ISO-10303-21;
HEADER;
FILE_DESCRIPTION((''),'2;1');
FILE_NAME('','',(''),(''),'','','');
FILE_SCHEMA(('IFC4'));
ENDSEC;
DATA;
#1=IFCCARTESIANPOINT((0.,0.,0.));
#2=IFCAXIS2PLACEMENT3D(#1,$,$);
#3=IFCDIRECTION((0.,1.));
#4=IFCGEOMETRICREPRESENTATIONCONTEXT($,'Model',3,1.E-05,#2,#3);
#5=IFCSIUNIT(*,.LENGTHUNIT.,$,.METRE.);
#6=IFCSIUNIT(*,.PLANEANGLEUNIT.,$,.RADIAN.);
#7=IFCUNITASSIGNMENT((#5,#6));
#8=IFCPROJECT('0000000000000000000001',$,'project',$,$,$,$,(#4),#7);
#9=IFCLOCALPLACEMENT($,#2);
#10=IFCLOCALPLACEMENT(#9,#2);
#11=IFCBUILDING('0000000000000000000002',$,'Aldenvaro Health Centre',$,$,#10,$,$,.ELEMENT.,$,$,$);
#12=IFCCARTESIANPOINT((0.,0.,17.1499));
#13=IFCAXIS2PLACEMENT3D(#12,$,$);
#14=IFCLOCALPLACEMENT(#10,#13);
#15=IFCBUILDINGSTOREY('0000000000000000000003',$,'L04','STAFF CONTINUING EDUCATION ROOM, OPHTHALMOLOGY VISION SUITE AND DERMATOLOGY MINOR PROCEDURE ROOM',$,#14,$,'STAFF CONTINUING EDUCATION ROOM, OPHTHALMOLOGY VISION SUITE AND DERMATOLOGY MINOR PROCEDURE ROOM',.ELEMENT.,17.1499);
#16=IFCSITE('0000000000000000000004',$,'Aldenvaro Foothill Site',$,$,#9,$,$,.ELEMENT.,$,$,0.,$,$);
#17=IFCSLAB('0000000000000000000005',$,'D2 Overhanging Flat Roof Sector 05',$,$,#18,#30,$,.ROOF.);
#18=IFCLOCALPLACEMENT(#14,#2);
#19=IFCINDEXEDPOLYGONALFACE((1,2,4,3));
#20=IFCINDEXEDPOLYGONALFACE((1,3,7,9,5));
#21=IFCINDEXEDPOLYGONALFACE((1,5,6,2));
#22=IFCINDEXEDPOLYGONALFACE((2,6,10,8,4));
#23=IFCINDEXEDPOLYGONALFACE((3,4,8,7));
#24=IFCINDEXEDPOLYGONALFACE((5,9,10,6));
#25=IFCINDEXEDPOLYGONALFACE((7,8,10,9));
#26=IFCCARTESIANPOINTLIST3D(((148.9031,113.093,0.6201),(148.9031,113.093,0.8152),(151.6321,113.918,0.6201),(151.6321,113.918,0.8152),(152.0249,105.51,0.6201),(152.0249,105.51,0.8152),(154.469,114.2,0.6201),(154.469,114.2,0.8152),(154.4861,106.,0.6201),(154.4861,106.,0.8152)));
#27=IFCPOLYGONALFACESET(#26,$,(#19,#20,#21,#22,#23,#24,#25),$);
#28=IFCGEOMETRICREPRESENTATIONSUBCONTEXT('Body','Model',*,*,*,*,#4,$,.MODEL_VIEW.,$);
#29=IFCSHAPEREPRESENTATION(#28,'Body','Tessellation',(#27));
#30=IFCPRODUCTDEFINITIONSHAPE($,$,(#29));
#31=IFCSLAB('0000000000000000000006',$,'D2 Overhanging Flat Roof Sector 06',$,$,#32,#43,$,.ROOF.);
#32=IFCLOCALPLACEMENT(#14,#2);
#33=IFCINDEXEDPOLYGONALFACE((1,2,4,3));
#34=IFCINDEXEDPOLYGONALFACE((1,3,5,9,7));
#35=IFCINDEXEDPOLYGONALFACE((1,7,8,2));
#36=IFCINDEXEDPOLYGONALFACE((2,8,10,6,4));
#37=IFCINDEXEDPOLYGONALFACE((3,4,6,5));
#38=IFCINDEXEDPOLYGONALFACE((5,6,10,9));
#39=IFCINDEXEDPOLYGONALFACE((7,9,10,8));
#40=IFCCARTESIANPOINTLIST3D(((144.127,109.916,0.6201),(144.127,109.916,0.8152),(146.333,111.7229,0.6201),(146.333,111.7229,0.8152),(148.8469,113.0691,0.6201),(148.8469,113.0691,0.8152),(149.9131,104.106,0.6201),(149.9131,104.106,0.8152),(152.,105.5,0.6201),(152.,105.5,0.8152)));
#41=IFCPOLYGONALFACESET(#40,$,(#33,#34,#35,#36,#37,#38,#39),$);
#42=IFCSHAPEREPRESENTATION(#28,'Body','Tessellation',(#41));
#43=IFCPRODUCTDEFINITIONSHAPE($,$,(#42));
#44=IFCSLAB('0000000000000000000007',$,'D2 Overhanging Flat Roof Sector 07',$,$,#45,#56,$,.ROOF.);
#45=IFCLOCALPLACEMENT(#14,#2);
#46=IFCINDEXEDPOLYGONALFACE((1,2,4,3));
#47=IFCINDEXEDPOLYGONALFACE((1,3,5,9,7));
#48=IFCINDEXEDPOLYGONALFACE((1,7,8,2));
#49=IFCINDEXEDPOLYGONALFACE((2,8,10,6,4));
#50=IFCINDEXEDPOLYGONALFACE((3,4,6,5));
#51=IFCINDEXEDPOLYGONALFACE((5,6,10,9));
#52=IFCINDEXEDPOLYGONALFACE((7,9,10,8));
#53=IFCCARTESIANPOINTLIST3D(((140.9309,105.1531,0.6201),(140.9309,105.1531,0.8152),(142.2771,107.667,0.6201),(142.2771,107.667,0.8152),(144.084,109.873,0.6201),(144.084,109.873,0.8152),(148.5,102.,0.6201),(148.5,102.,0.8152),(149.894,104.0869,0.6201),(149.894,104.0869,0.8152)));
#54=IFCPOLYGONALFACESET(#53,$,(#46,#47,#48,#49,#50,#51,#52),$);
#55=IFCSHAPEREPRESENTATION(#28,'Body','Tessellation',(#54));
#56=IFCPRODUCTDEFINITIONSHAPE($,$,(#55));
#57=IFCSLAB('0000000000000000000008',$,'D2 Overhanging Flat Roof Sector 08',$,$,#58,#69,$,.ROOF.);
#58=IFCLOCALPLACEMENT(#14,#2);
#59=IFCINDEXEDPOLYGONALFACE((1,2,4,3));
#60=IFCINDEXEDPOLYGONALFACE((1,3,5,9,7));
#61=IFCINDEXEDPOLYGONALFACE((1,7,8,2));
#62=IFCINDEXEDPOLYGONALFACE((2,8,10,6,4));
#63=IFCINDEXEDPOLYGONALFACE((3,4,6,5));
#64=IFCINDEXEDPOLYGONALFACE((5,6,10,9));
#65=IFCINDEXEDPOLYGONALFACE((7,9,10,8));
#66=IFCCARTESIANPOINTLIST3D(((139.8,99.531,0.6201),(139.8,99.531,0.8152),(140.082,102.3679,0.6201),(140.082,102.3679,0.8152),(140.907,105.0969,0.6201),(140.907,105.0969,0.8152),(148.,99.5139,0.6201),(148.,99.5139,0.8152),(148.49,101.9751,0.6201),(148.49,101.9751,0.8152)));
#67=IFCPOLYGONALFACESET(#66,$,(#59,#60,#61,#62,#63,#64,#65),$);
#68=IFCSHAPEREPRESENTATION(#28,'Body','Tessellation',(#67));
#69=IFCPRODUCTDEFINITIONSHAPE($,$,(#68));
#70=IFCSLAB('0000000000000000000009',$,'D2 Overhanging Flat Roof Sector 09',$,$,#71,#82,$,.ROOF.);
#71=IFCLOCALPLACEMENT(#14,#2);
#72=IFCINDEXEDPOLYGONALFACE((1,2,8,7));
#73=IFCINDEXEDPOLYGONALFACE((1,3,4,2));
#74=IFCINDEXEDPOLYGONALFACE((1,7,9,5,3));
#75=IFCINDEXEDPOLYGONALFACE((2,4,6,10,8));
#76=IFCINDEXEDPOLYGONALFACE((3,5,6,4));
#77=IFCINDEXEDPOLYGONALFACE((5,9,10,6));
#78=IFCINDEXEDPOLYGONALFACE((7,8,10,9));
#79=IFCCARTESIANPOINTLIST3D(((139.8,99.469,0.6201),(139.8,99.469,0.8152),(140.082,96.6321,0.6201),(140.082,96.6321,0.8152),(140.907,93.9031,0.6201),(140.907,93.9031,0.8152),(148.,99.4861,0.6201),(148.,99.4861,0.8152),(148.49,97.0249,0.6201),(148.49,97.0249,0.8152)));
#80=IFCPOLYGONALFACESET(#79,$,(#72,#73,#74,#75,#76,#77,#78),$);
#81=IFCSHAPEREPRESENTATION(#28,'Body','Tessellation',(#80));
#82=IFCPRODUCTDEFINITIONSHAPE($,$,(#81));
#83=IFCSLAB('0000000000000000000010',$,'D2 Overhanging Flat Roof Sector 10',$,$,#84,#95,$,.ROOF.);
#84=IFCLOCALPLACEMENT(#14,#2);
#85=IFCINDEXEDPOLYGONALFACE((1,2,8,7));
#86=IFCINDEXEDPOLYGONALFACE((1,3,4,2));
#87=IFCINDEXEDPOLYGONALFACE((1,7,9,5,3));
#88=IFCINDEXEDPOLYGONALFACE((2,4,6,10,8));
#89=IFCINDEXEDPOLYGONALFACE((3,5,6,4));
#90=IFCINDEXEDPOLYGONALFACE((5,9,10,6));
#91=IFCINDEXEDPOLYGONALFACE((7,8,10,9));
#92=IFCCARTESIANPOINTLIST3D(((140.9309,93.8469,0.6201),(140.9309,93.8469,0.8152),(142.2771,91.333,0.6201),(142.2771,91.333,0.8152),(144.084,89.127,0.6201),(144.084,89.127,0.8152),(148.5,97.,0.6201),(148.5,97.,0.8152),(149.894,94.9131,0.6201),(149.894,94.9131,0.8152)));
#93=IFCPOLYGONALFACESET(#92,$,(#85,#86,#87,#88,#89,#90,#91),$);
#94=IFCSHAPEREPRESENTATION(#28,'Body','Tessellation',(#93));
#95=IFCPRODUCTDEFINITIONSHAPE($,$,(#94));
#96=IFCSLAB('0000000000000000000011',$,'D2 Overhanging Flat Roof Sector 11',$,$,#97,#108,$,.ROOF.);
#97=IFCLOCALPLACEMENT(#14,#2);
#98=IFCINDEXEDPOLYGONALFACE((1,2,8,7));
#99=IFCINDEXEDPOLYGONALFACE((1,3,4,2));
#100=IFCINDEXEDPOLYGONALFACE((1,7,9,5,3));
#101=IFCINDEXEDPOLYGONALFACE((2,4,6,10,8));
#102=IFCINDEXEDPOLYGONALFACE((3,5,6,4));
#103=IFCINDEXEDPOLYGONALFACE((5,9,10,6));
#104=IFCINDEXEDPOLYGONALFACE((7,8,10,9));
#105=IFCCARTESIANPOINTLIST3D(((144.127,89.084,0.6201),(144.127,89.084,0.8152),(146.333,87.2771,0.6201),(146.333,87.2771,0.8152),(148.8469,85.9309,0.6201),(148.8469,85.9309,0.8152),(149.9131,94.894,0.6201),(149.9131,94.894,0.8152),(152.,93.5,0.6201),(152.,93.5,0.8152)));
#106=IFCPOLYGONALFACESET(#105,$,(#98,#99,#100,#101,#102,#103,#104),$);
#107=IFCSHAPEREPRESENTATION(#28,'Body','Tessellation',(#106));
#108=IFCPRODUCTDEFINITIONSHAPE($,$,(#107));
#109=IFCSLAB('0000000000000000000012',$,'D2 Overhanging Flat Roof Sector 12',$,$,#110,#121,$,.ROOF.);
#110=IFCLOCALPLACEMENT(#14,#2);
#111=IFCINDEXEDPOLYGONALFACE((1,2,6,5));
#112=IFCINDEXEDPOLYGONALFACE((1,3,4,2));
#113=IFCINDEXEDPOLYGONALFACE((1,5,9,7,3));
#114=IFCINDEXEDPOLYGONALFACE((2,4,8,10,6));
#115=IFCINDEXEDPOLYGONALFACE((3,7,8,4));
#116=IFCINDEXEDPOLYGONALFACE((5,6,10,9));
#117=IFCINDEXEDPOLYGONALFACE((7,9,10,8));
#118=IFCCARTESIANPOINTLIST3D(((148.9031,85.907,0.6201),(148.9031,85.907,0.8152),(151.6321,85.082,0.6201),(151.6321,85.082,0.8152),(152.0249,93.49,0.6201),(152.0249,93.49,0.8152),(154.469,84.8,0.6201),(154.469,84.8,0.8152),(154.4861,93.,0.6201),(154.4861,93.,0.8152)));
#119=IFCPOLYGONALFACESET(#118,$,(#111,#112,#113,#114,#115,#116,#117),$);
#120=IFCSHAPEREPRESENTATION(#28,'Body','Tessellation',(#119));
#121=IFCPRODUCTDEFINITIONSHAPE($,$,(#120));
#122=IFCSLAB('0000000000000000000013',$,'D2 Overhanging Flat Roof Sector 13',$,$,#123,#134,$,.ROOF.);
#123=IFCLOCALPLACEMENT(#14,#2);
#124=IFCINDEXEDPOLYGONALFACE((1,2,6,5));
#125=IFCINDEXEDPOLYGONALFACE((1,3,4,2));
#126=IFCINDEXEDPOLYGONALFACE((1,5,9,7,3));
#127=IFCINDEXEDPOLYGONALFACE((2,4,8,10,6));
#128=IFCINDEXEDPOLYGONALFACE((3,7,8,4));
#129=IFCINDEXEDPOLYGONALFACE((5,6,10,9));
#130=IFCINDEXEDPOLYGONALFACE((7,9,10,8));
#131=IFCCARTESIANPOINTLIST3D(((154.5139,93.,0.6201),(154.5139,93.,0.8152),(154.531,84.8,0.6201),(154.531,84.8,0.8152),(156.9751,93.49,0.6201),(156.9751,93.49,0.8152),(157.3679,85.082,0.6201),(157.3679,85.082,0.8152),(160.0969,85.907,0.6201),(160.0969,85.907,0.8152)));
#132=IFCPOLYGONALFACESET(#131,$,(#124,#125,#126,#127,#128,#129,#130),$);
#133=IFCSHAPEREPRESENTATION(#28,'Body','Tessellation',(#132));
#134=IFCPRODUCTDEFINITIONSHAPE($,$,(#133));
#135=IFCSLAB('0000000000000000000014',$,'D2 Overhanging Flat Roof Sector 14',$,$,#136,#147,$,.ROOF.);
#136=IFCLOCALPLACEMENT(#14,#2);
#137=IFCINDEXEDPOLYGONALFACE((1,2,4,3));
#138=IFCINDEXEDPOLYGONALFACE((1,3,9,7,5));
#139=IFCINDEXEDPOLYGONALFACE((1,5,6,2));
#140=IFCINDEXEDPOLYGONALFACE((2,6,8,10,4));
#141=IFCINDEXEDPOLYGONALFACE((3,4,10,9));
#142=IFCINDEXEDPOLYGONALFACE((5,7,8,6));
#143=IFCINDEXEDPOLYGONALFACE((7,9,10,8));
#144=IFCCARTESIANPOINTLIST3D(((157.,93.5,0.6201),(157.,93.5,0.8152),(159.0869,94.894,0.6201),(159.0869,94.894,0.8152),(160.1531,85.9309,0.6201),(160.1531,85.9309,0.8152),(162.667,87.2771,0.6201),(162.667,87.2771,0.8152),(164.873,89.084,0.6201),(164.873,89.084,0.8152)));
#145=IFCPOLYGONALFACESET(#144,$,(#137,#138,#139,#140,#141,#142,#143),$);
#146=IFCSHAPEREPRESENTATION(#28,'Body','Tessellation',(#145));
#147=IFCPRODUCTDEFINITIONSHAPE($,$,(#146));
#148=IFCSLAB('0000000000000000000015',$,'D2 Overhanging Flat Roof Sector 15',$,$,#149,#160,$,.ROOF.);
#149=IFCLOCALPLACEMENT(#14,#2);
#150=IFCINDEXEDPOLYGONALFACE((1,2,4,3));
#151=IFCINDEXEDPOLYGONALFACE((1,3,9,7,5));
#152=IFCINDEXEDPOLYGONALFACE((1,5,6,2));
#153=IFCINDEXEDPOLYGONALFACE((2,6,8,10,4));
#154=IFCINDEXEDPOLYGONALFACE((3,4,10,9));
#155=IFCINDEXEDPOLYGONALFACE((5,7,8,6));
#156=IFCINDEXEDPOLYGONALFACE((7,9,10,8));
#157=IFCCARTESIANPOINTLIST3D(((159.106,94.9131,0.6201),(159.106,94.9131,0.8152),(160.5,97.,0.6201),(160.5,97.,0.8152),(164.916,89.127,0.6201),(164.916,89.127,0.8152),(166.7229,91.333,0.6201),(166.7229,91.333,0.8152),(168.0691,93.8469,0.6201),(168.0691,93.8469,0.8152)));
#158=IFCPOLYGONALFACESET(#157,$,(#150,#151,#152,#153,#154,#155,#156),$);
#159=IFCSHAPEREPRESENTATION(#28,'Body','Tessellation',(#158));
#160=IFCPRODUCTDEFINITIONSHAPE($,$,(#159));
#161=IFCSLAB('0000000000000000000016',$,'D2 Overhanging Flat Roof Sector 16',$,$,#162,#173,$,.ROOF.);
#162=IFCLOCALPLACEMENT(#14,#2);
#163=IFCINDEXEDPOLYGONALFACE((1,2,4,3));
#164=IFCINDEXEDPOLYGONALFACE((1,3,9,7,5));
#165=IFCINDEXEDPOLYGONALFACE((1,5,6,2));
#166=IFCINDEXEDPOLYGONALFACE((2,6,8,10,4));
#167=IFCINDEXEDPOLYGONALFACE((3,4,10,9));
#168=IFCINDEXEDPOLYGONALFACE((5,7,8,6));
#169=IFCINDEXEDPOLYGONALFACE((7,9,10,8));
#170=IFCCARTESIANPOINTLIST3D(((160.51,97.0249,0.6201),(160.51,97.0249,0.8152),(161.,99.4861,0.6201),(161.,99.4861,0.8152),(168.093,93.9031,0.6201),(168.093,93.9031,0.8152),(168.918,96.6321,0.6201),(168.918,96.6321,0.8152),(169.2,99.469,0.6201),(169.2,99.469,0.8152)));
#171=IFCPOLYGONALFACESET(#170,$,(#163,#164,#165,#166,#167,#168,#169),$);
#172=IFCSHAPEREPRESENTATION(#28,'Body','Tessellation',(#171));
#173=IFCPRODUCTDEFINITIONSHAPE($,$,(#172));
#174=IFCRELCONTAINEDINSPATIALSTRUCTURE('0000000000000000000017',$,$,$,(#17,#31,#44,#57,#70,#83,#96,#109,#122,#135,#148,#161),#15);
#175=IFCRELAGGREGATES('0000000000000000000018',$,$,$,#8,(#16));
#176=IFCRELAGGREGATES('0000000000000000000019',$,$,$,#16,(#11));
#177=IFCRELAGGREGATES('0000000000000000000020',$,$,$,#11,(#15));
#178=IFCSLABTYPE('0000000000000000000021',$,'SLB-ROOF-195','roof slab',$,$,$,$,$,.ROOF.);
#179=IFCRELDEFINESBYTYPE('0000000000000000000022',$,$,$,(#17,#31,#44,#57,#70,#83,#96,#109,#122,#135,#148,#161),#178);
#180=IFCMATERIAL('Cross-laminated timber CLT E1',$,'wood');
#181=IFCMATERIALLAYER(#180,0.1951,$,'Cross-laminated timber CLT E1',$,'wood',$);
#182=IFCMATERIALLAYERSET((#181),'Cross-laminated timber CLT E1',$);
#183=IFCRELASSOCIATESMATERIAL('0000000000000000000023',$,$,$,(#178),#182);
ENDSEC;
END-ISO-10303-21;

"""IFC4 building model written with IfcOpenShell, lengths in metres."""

from ifc_helpers import new_model, si_unit, direction, frame, origin, place, context, subcontext, project, spatial, polyline, outline, extrude, material, layer, layer_set, type_object, element, save


model = new_model("IFC4")

# Units and contexts
model_context = context("Model", 3, precision=1e-05, world=origin(), true_north=direction((0.0, 1.0)))
body_context = subcontext(model_context, "Body", "Model", "MODEL_VIEW")
ifc_project = project(units=[si_unit("LENGTHUNIT", "METRE"), si_unit("PLANEANGLEUNIT", "RADIAN")], contexts=[model_context])

# Site, building, storey
site_placement = place(None, origin())
site = spatial("IfcSite", under=ifc_project, at=site_placement, Name="Aldenvaro Foothill Site", CompositionType="ELEMENT", RefElevation=0.0)
building_placement = place(site_placement, origin())
building = spatial("IfcBuilding", under=site, at=building_placement, Name="Aldenvaro Health Centre", CompositionType="ELEMENT")
storey_placement = place(building_placement, frame((0.0, 0.0, 17.1499)))
storey = spatial("IfcBuildingStorey", under=building, at=storey_placement, Name="L04", Description="STAFF CONTINUING EDUCATION ROOM, OPHTHALMOLOGY VISION SUITE AND DERMATOLOGY MINOR PROCEDURE ROOM", LongName="STAFF CONTINUING EDUCATION ROOM, OPHTHALMOLOGY VISION SUITE AND DERMATOLOGY MINOR PROCEDURE ROOM", CompositionType="ELEMENT", Elevation=17.1499)

# Slabs
ifc_material_1 = material(Name="Cross-laminated timber CLT E1", Category="wood")
ifc_layer_1 = layer(ifc_material_1, 0.1951, Name="Cross-laminated timber CLT E1", Category="wood")
ifc_layer_set_1 = layer_set([ifc_layer_1], Name="Cross-laminated timber CLT E1")
slab_type_1 = type_object("IfcSlabType", Name="SLB-ROOF-195", Description="roof slab", PredefinedType="ROOF", material=ifc_layer_set_1)
slab_1_placement = place(storey_placement, frame((0.0, 0.0, 0.6201)))
element("IfcSlab", 1, at=slab_1_placement, inside=storey, type_object=slab_type_1, Name="D2 Overhanging Flat Roof Sector 05", PredefinedType="ROOF", context=body_context, shape_type="SweptSolid", body=[
    extrude(outline(polyline([(154.469, 114.2), (151.6321, 113.918), (148.9031, 113.093), (152.0249, 105.51), (154.4861, 106.0), (154.469, 114.2)])), origin(), (0.0, 0.0, 1.0), 0.1951),
])
slab_2_placement = place(storey_placement, frame((0.0, 0.0, 0.6201)))
element("IfcSlab", 2, at=slab_2_placement, inside=storey, type_object=slab_type_1, Name="D2 Overhanging Flat Roof Sector 06", PredefinedType="ROOF", context=body_context, shape_type="SweptSolid", body=[
    extrude(outline(polyline([(148.8469, 113.0691), (146.333, 111.7229), (144.127, 109.916), (149.9131, 104.106), (152.0, 105.5), (148.8469, 113.0691)])), origin(), (0.0, 0.0, 1.0), 0.1951),
])
slab_3_placement = place(storey_placement, frame((0.0, 0.0, 0.6201)))
element("IfcSlab", 3, at=slab_3_placement, inside=storey, type_object=slab_type_1, Name="D2 Overhanging Flat Roof Sector 07", PredefinedType="ROOF", context=body_context, shape_type="SweptSolid", body=[
    extrude(outline(polyline([(144.084, 109.873), (142.2771, 107.667), (140.9309, 105.1531), (148.5, 102.0), (149.894, 104.0869), (144.084, 109.873)])), origin(), (0.0, 0.0, 1.0), 0.1951),
])
slab_4_placement = place(storey_placement, frame((0.0, 0.0, 0.6201)))
element("IfcSlab", 4, at=slab_4_placement, inside=storey, type_object=slab_type_1, Name="D2 Overhanging Flat Roof Sector 08", PredefinedType="ROOF", context=body_context, shape_type="SweptSolid", body=[
    extrude(outline(polyline([(140.907, 105.0969), (140.082, 102.3679), (139.8, 99.531), (148.0, 99.5139), (148.49, 101.9751), (140.907, 105.0969)])), origin(), (0.0, 0.0, 1.0), 0.1951),
])
slab_5_placement = place(storey_placement, frame((0.0, 0.0, 0.6201)))
element("IfcSlab", 5, at=slab_5_placement, inside=storey, type_object=slab_type_1, Name="D2 Overhanging Flat Roof Sector 09", PredefinedType="ROOF", context=body_context, shape_type="SweptSolid", body=[
    extrude(outline(polyline([(139.8, 99.469), (140.082, 96.6321), (140.907, 93.9031), (148.49, 97.0249), (148.0, 99.4861), (139.8, 99.469)])), origin(), (0.0, 0.0, 1.0), 0.1951),
])
slab_6_placement = place(storey_placement, frame((0.0, 0.0, 0.6201)))
element("IfcSlab", 6, at=slab_6_placement, inside=storey, type_object=slab_type_1, Name="D2 Overhanging Flat Roof Sector 10", PredefinedType="ROOF", context=body_context, shape_type="SweptSolid", body=[
    extrude(outline(polyline([(140.9309, 93.8469), (142.2771, 91.333), (144.084, 89.127), (149.894, 94.9131), (148.5, 97.0), (140.9309, 93.8469)])), origin(), (0.0, 0.0, 1.0), 0.1951),
])
slab_7_placement = place(storey_placement, frame((0.0, 0.0, 0.6201)))
element("IfcSlab", 7, at=slab_7_placement, inside=storey, type_object=slab_type_1, Name="D2 Overhanging Flat Roof Sector 11", PredefinedType="ROOF", context=body_context, shape_type="SweptSolid", body=[
    extrude(outline(polyline([(144.127, 89.084), (146.333, 87.2771), (148.8469, 85.9309), (152.0, 93.5), (149.9131, 94.894), (144.127, 89.084)])), origin(), (0.0, 0.0, 1.0), 0.1951),
])
slab_8_placement = place(storey_placement, frame((0.0, 0.0, 0.6201)))
element("IfcSlab", 8, at=slab_8_placement, inside=storey, type_object=slab_type_1, Name="D2 Overhanging Flat Roof Sector 12", PredefinedType="ROOF", context=body_context, shape_type="SweptSolid", body=[
    extrude(outline(polyline([(148.9031, 85.907), (151.6321, 85.082), (154.469, 84.8), (154.4861, 93.0), (152.0249, 93.49), (148.9031, 85.907)])), origin(), (0.0, 0.0, 1.0), 0.1951),
])
slab_9_placement = place(storey_placement, frame((0.0, 0.0, 0.6201)))
element("IfcSlab", 9, at=slab_9_placement, inside=storey, type_object=slab_type_1, Name="D2 Overhanging Flat Roof Sector 13", PredefinedType="ROOF", context=body_context, shape_type="SweptSolid", body=[
    extrude(outline(polyline([(154.531, 84.8), (157.3679, 85.082), (160.0969, 85.907), (156.9751, 93.49), (154.5139, 93.0), (154.531, 84.8)])), origin(), (0.0, 0.0, 1.0), 0.1951),
])
slab_10_placement = place(storey_placement, frame((0.0, 0.0, 0.6201)))
element("IfcSlab", 10, at=slab_10_placement, inside=storey, type_object=slab_type_1, Name="D2 Overhanging Flat Roof Sector 14", PredefinedType="ROOF", context=body_context, shape_type="SweptSolid", body=[
    extrude(outline(polyline([(160.1531, 85.9309), (162.667, 87.2771), (164.873, 89.084), (159.0869, 94.894), (157.0, 93.5), (160.1531, 85.9309)])), origin(), (0.0, 0.0, 1.0), 0.1951),
])
slab_11_placement = place(storey_placement, frame((0.0, 0.0, 0.6201)))
element("IfcSlab", 11, at=slab_11_placement, inside=storey, type_object=slab_type_1, Name="D2 Overhanging Flat Roof Sector 15", PredefinedType="ROOF", context=body_context, shape_type="SweptSolid", body=[
    extrude(outline(polyline([(164.916, 89.127), (166.7229, 91.333), (168.0691, 93.8469), (160.5, 97.0), (159.106, 94.9131), (164.916, 89.127)])), origin(), (0.0, 0.0, 1.0), 0.1951),
])
slab_12_placement = place(storey_placement, frame((0.0, 0.0, 0.6201)))
element("IfcSlab", 12, at=slab_12_placement, inside=storey, type_object=slab_type_1, Name="D2 Overhanging Flat Roof Sector 16", PredefinedType="ROOF", context=body_context, shape_type="SweptSolid", body=[
    extrude(outline(polyline([(168.093, 93.9031), (168.918, 96.6321), (169.2, 99.469), (161.0, 99.4861), (160.51, 97.0249), (168.093, 93.9031)])), origin(), (0.0, 0.0, 1.0), 0.1951),
])

save(model, "model.ifc")
